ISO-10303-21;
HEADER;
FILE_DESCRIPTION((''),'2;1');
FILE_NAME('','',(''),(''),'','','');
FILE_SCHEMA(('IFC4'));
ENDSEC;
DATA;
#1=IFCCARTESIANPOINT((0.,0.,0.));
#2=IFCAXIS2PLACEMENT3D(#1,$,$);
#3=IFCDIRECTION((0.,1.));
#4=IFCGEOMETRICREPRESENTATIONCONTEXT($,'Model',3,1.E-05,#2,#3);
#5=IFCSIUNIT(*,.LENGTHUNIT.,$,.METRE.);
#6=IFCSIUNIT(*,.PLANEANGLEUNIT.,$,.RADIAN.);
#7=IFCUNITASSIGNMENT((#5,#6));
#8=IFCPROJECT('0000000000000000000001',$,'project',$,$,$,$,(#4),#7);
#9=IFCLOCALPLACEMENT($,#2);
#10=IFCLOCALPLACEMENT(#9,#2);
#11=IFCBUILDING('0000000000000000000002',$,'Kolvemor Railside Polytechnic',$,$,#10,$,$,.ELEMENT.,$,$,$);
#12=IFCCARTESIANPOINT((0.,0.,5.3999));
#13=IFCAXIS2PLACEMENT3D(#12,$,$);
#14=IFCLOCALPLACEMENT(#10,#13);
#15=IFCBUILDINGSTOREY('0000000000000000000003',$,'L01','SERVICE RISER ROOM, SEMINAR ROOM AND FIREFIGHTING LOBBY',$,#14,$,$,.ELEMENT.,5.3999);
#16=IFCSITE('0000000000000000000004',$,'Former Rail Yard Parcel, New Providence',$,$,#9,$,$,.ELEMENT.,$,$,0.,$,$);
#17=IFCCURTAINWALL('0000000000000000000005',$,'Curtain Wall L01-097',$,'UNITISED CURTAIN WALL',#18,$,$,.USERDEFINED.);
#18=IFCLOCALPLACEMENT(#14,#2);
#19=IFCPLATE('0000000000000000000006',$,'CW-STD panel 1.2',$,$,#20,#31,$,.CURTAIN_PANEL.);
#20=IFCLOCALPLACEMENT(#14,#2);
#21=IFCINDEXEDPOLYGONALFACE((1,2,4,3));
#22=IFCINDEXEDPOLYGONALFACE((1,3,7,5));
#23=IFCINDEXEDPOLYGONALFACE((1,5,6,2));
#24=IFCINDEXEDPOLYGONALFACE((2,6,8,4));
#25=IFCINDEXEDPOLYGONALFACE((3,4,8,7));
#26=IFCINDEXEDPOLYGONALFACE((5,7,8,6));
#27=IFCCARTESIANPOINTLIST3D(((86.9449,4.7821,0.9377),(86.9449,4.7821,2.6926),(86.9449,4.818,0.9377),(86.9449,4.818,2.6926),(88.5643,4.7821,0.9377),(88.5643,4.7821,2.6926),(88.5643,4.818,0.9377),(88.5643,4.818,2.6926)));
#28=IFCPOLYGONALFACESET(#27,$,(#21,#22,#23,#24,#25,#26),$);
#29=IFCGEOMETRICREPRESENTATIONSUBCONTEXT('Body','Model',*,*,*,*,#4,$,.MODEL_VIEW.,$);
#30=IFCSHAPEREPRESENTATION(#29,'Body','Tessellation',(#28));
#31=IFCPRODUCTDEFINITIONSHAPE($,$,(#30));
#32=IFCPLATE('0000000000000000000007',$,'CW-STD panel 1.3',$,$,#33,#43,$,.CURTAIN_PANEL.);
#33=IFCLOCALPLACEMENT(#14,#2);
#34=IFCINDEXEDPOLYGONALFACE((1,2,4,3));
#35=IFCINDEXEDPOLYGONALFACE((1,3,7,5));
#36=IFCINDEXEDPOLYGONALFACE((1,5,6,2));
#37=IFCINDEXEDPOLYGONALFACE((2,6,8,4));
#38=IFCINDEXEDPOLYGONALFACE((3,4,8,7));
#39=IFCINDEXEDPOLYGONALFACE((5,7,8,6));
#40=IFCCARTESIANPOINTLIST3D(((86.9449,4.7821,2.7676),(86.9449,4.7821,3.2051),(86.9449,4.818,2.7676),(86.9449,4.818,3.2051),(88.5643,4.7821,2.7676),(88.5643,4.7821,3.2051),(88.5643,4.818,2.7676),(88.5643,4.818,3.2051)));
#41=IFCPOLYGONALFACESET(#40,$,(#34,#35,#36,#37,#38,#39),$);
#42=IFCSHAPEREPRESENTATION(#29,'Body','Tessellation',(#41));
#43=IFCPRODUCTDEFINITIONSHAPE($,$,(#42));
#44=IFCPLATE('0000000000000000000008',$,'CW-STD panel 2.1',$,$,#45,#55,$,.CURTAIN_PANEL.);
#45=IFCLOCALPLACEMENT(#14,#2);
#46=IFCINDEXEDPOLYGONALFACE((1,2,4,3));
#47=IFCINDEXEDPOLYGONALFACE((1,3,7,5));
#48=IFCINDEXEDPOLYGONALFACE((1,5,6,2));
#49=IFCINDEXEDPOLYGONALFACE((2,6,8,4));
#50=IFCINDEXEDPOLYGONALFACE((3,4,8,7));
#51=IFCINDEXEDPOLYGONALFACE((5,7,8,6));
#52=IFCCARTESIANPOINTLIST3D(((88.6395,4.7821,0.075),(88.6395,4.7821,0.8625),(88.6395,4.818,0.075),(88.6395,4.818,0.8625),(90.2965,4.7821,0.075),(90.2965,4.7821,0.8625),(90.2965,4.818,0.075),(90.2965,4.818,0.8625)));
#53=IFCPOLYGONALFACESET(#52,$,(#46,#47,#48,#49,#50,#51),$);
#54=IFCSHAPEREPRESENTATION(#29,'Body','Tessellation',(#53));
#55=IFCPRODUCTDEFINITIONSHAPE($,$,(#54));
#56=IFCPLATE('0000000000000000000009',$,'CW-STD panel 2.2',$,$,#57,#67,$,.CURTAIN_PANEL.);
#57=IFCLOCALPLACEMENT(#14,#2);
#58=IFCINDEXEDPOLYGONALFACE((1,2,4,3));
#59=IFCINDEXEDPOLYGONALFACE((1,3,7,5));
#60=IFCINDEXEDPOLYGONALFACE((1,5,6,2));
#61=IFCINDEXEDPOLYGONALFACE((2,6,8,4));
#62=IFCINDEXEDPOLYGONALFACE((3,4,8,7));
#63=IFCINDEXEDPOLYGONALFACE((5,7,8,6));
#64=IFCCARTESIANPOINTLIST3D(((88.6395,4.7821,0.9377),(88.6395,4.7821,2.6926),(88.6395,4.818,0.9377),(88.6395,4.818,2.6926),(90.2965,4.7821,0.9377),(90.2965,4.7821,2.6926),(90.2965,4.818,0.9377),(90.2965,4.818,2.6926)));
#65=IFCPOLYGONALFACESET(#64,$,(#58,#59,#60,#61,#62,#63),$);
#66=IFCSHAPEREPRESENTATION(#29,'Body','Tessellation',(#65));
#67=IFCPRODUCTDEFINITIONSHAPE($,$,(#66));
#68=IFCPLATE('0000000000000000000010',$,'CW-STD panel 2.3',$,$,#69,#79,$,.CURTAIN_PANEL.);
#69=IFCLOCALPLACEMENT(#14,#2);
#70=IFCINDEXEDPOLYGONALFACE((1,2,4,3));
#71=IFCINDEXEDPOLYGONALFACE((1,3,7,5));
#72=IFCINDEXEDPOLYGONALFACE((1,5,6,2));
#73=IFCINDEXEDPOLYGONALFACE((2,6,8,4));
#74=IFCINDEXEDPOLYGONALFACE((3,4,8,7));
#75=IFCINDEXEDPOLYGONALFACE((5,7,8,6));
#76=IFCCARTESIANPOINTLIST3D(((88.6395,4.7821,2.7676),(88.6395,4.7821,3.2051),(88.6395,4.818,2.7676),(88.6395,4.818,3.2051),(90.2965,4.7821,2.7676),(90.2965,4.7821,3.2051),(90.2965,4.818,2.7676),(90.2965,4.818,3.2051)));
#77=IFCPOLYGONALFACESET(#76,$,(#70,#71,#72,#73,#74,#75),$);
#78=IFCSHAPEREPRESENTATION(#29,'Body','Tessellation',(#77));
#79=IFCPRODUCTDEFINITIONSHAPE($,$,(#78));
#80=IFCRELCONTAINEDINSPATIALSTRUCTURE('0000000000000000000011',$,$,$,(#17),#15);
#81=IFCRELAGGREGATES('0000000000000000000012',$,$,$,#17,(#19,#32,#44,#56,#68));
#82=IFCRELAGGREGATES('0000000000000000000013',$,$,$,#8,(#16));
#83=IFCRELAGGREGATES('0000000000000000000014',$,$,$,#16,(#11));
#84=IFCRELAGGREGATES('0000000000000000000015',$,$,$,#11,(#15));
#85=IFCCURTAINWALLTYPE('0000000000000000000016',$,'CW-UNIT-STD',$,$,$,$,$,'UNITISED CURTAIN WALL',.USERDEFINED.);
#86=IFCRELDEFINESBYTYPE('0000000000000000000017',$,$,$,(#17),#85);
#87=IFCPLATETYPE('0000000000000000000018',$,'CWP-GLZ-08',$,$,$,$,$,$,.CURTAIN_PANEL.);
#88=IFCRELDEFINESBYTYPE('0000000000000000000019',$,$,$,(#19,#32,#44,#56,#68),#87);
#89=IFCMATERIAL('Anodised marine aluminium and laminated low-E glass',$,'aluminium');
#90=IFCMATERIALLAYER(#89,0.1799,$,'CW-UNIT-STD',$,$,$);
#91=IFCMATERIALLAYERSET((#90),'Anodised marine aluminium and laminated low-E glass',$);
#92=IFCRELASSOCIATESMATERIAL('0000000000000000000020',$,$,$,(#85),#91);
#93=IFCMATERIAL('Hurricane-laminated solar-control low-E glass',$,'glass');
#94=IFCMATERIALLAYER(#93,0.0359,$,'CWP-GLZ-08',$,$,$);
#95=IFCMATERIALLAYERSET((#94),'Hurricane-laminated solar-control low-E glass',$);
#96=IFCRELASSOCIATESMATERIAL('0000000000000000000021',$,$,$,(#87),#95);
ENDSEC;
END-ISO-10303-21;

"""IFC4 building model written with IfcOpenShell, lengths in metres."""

from ifc_helpers import new_model, si_unit, direction, frame, origin, origin_2d, place, context, subcontext, project, spatial, rectangle, extrude, material, layer, layer_set, type_object, element, aggregate, save


model = new_model("IFC4")

# Units and contexts
model_context = context("Model", 3, precision=1e-05, world=origin(), true_north=direction((0.0, 1.0)))
body_context = subcontext(model_context, "Body", "Model", "MODEL_VIEW")
ifc_project = project(units=[si_unit("LENGTHUNIT", "METRE"), si_unit("PLANEANGLEUNIT", "RADIAN")], contexts=[model_context])

# Site, building, storey
site_placement = place(None, origin())
site = spatial("IfcSite", under=ifc_project, at=site_placement, Name="Former Rail Yard Parcel, New Providence", CompositionType="ELEMENT", RefElevation=0.0)
building_placement = place(site_placement, origin())
building = spatial("IfcBuilding", under=site, at=building_placement, Name="Kolvemor Railside Polytechnic", CompositionType="ELEMENT")
storey_placement = place(building_placement, frame((0.0, 0.0, 5.3999)))
storey = spatial("IfcBuildingStorey", under=building, at=storey_placement, Name="L01", Description="SERVICE RISER ROOM, SEMINAR ROOM AND FIREFIGHTING LOBBY", CompositionType="ELEMENT", Elevation=5.3999)

# Curtain wall
ifc_material_1 = material(Name="Anodised marine aluminium and laminated low-E glass", Category="aluminium")
ifc_layer_1 = layer(ifc_material_1, 0.1799, Name="CW-UNIT-STD")
ifc_layer_set_1 = layer_set([ifc_layer_1], Name="Anodised marine aluminium and laminated low-E glass")
curtain_wall_type = type_object("IfcCurtainWallType", Name="CW-UNIT-STD", ElementType="UNITISED CURTAIN WALL", PredefinedType="USERDEFINED", material=ifc_layer_set_1)
curtain_wall_placement = place(storey_placement, origin())
curtain_wall = element("IfcCurtainWall", 1, at=curtain_wall_placement, inside=storey, type_object=curtain_wall_type, Name="Curtain Wall L01-097", ObjectType="UNITISED CURTAIN WALL", PredefinedType="USERDEFINED")

# Plates
ifc_material_2 = material(Name="Hurricane-laminated solar-control low-E glass", Category="glass")
ifc_layer_2 = layer(ifc_material_2, 0.0359, Name="CWP-GLZ-08")
ifc_layer_set_2 = layer_set([ifc_layer_2], Name="Hurricane-laminated solar-control low-E glass")
plate_type = type_object("IfcPlateType", Name="CWP-GLZ-08", PredefinedType="CURTAIN_PANEL", material=ifc_layer_set_2)
plate_1_placement = place(storey_placement, frame((87.7546, 4.8, 0.9377), z_axis=(0.0, 0.0, 1.0), x_axis=(1.0, 0.0, 0.0)))
plate_1 = element("IfcPlate", 2, at=plate_1_placement, type_object=plate_type, Name="CW-STD panel 1.2", PredefinedType="CURTAIN_PANEL", context=body_context, shape_type="SweptSolid", body=[
    extrude(rectangle(XDim=1.6194, YDim=0.0359, at=origin_2d()), origin(), (0.0, 0.0, 1.0), 1.7549),
])
plate_2_placement = place(storey_placement, frame((87.7546, 4.8, 2.7676), z_axis=(0.0, 0.0, 1.0), x_axis=(1.0, 0.0, 0.0)))
plate_2 = element("IfcPlate", 3, at=plate_2_placement, type_object=plate_type, Name="CW-STD panel 1.3", PredefinedType="CURTAIN_PANEL", context=body_context, shape_type="SweptSolid", body=[
    extrude(rectangle(XDim=1.6194, YDim=0.0359, at=origin_2d()), origin(), (0.0, 0.0, 1.0), 0.4375),
])
plate_3_placement = place(storey_placement, frame((89.468, 4.8, 0.075), z_axis=(0.0, 0.0, 1.0), x_axis=(1.0, 0.0, 0.0)))
plate_3 = element("IfcPlate", 4, at=plate_3_placement, type_object=plate_type, Name="CW-STD panel 2.1", PredefinedType="CURTAIN_PANEL", context=body_context, shape_type="SweptSolid", body=[
    extrude(rectangle(XDim=1.657, YDim=0.0359, at=origin_2d()), origin(), (0.0, 0.0, 1.0), 0.7876),
])
plate_4_placement = place(storey_placement, frame((89.468, 4.8, 0.9377), z_axis=(0.0, 0.0, 1.0), x_axis=(1.0, 0.0, 0.0)))
plate_4 = element("IfcPlate", 5, at=plate_4_placement, type_object=plate_type, Name="CW-STD panel 2.2", PredefinedType="CURTAIN_PANEL", context=body_context, shape_type="SweptSolid", body=[
    extrude(rectangle(XDim=1.657, YDim=0.0359, at=origin_2d()), origin(), (0.0, 0.0, 1.0), 1.7549),
])
plate_5_placement = place(storey_placement, frame((89.468, 4.8, 2.7676), z_axis=(0.0, 0.0, 1.0), x_axis=(1.0, 0.0, 0.0)))
plate_5 = element("IfcPlate", 6, at=plate_5_placement, type_object=plate_type, Name="CW-STD panel 2.3", PredefinedType="CURTAIN_PANEL", context=body_context, shape_type="SweptSolid", body=[
    extrude(rectangle(XDim=1.657, YDim=0.0359, at=origin_2d()), origin(), (0.0, 0.0, 1.0), 0.4375),
])
aggregate(curtain_wall, [plate_1, plate_2, plate_3, plate_4, plate_5])

save(model, "model.ifc")
